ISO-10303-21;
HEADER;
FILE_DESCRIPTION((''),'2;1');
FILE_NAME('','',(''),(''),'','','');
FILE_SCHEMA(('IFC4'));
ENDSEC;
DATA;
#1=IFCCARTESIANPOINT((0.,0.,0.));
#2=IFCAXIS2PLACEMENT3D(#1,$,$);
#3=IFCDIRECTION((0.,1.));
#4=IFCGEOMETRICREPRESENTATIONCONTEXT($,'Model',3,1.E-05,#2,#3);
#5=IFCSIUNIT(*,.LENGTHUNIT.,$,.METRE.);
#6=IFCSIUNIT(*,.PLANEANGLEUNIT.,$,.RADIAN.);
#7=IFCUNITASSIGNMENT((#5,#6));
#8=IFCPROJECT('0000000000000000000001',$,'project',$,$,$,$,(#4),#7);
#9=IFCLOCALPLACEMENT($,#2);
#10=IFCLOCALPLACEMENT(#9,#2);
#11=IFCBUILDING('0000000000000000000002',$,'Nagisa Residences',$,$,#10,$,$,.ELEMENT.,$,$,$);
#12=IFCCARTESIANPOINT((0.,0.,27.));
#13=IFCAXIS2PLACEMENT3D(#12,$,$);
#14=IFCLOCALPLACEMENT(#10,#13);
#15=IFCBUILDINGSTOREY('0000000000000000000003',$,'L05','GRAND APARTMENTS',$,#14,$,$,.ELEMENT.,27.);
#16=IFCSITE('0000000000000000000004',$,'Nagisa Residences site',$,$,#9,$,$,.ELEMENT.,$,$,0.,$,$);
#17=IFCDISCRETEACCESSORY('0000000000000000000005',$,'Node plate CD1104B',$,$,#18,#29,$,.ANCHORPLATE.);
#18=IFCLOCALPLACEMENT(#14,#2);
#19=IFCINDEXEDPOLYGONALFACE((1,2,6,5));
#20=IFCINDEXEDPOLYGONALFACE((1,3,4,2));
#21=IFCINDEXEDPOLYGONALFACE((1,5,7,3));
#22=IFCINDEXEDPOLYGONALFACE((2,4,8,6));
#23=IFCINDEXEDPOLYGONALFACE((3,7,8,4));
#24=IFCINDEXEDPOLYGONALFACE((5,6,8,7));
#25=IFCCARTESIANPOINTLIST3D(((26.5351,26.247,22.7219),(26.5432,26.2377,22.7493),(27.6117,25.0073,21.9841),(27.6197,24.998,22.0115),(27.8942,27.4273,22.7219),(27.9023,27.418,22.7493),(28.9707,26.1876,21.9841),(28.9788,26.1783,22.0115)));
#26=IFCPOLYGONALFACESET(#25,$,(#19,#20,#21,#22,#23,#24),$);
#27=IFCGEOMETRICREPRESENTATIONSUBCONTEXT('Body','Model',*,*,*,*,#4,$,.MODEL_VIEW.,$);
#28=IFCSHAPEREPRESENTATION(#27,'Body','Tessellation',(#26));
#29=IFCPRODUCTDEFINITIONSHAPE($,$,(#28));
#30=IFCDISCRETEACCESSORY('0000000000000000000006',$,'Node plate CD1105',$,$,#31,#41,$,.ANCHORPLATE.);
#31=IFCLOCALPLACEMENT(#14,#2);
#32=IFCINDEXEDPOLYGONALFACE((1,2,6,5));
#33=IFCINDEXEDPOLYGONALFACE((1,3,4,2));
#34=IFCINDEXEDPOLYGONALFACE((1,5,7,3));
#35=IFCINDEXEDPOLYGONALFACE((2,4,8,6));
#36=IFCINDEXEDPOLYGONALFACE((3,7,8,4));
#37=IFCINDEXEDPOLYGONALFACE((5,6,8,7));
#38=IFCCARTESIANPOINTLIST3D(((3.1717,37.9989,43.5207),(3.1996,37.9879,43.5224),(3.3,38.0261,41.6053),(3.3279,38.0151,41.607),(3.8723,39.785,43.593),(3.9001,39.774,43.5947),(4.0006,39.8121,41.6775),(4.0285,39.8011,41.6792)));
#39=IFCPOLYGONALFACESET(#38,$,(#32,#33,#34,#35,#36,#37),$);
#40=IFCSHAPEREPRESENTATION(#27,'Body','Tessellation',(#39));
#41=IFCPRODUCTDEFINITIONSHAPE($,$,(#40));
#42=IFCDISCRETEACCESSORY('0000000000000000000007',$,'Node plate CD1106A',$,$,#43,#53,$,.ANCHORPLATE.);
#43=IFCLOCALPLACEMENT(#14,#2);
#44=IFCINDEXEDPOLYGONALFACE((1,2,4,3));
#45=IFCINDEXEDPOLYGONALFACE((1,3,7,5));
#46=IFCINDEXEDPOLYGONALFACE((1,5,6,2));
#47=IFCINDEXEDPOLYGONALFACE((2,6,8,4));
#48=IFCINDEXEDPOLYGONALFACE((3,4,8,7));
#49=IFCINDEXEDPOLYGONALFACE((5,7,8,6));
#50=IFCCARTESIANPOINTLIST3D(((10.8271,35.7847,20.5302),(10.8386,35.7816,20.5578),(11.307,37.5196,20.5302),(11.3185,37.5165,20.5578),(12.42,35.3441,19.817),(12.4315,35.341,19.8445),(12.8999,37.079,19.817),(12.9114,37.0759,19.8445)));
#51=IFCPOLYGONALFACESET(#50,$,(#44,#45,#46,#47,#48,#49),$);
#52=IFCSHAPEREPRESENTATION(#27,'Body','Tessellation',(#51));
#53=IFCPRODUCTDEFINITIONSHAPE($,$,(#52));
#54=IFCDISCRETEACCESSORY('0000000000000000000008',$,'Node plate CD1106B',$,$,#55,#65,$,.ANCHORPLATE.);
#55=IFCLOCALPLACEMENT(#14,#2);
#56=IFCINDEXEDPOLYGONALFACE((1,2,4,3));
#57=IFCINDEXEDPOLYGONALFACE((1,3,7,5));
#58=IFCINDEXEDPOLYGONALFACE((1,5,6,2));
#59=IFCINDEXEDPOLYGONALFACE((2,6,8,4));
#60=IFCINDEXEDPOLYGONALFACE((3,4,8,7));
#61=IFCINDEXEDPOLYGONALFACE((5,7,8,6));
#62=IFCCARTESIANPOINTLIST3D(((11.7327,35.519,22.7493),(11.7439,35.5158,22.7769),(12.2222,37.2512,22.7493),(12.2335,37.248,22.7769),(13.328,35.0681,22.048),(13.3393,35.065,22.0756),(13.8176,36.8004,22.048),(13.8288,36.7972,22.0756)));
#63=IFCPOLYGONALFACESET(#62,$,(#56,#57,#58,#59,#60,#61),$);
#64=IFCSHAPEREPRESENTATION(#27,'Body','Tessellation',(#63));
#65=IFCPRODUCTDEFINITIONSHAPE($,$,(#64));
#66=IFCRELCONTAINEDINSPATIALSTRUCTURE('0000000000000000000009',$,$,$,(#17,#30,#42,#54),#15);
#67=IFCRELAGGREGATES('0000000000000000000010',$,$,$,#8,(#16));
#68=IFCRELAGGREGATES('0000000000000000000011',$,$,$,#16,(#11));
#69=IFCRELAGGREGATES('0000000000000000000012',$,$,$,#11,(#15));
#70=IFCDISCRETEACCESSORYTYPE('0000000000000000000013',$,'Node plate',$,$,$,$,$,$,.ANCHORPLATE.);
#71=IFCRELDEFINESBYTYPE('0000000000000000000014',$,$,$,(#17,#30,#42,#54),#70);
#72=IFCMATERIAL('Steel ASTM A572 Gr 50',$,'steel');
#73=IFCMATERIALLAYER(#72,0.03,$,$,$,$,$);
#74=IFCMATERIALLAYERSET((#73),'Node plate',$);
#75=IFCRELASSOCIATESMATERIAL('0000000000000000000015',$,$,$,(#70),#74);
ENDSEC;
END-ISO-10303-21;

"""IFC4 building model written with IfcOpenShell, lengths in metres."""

from ifc_helpers import new_model, si_unit, direction, frame, origin, origin_2d, place, context, subcontext, project, spatial, rectangle, extrude, material, layer, layer_set, type_object, element, save


model = new_model("IFC4")

# Units and contexts
model_context = context("Model", 3, precision=1e-05, world=origin(), true_north=direction((0.0, 1.0)))
body_context = subcontext(model_context, "Body", "Model", "MODEL_VIEW")
ifc_project = project(units=[si_unit("LENGTHUNIT", "METRE"), si_unit("PLANEANGLEUNIT", "RADIAN")], contexts=[model_context])

# Site, building, storey
site_placement = place(None, origin())
site = spatial("IfcSite", under=ifc_project, at=site_placement, Name="Nagisa Residences site", CompositionType="ELEMENT", RefElevation=0.0)
building_placement = place(site_placement, origin())
building = spatial("IfcBuilding", under=site, at=building_placement, Name="Nagisa Residences", CompositionType="ELEMENT")
storey_placement = place(building_placement, frame((0.0, 0.0, 27.0)))
storey = spatial("IfcBuildingStorey", under=building, at=storey_placement, Name="L05", Description="GRAND APARTMENTS", CompositionType="ELEMENT", Elevation=27.0)

# Discrete accessories
ifc_material_1 = material(Name="Steel ASTM A572 Gr 50", Category="steel")
ifc_layer_1 = layer(ifc_material_1, 0.03)
ifc_layer_set_1 = layer_set([ifc_layer_1], Name="Node plate")
discrete_accessory_type = type_object("IfcDiscreteAccessoryType", Name="Node plate", PredefinedType="ANCHORPLATE", material=ifc_layer_set_1)
discrete_accessory_1_placement = place(storey_placement, frame((27.761, 26.208, 22.3804), z_axis=(-0.268755, 0.309475, -0.912138), x_axis=(-0.755033, -0.655687, 0.0)))
element("IfcDiscreteAccessory", 1, at=discrete_accessory_1_placement, inside=storey, type_object=discrete_accessory_type, Name="Node plate CD1104B", PredefinedType="ANCHORPLATE", context=body_context, shape_type="SweptSolid", body=[
    extrude(rectangle(XDim=1.8, YDim=1.8, at=origin_2d()), origin(), (0.0, 0.0, 1.0), 0.03),
])
discrete_accessory_2_placement = place(storey_placement, frame((3.614, 38.8945, 42.6008), z_axis=(-0.928642, 0.366569, -0.057022), x_axis=(0.066842, 0.01414, -0.997663)))
element("IfcDiscreteAccessory", 2, at=discrete_accessory_2_placement, inside=storey, type_object=discrete_accessory_type, Name="Node plate CD1105", PredefinedType="ANCHORPLATE", context=body_context, shape_type="SweptSolid", body=[
    extrude(rectangle(XDim=1.9199, YDim=1.9199, at=origin_2d()), origin(), (0.0, 0.0, 1.0), 0.03),
])
for number, where, z_axis, x_axis, name in (
    (3, (11.8635, 36.4319, 20.1736), (0.381887, -0.105628, 0.918153), (0.266586, 0.963811, 0.0), "Node plate CD1106A"),
    (4, (12.7864, 36.1565, 22.4263), (-0.374914, 0.105954, -0.920985), (-0.271957, -0.962309, 0.0), "Node plate CD1106B"),
):
    element("IfcDiscreteAccessory", number, at=place(storey_placement, frame(where, z_axis=z_axis, x_axis=x_axis)), inside=storey, type_object=discrete_accessory_type, Name=name, PredefinedType="ANCHORPLATE", context=body_context, shape_type="SweptSolid", body=[
        extrude(rectangle(XDim=1.8, YDim=1.8, at=origin_2d()), origin(), (0.0, 0.0, 1.0), 0.03),
    ])

save(model, "model.ifc")
